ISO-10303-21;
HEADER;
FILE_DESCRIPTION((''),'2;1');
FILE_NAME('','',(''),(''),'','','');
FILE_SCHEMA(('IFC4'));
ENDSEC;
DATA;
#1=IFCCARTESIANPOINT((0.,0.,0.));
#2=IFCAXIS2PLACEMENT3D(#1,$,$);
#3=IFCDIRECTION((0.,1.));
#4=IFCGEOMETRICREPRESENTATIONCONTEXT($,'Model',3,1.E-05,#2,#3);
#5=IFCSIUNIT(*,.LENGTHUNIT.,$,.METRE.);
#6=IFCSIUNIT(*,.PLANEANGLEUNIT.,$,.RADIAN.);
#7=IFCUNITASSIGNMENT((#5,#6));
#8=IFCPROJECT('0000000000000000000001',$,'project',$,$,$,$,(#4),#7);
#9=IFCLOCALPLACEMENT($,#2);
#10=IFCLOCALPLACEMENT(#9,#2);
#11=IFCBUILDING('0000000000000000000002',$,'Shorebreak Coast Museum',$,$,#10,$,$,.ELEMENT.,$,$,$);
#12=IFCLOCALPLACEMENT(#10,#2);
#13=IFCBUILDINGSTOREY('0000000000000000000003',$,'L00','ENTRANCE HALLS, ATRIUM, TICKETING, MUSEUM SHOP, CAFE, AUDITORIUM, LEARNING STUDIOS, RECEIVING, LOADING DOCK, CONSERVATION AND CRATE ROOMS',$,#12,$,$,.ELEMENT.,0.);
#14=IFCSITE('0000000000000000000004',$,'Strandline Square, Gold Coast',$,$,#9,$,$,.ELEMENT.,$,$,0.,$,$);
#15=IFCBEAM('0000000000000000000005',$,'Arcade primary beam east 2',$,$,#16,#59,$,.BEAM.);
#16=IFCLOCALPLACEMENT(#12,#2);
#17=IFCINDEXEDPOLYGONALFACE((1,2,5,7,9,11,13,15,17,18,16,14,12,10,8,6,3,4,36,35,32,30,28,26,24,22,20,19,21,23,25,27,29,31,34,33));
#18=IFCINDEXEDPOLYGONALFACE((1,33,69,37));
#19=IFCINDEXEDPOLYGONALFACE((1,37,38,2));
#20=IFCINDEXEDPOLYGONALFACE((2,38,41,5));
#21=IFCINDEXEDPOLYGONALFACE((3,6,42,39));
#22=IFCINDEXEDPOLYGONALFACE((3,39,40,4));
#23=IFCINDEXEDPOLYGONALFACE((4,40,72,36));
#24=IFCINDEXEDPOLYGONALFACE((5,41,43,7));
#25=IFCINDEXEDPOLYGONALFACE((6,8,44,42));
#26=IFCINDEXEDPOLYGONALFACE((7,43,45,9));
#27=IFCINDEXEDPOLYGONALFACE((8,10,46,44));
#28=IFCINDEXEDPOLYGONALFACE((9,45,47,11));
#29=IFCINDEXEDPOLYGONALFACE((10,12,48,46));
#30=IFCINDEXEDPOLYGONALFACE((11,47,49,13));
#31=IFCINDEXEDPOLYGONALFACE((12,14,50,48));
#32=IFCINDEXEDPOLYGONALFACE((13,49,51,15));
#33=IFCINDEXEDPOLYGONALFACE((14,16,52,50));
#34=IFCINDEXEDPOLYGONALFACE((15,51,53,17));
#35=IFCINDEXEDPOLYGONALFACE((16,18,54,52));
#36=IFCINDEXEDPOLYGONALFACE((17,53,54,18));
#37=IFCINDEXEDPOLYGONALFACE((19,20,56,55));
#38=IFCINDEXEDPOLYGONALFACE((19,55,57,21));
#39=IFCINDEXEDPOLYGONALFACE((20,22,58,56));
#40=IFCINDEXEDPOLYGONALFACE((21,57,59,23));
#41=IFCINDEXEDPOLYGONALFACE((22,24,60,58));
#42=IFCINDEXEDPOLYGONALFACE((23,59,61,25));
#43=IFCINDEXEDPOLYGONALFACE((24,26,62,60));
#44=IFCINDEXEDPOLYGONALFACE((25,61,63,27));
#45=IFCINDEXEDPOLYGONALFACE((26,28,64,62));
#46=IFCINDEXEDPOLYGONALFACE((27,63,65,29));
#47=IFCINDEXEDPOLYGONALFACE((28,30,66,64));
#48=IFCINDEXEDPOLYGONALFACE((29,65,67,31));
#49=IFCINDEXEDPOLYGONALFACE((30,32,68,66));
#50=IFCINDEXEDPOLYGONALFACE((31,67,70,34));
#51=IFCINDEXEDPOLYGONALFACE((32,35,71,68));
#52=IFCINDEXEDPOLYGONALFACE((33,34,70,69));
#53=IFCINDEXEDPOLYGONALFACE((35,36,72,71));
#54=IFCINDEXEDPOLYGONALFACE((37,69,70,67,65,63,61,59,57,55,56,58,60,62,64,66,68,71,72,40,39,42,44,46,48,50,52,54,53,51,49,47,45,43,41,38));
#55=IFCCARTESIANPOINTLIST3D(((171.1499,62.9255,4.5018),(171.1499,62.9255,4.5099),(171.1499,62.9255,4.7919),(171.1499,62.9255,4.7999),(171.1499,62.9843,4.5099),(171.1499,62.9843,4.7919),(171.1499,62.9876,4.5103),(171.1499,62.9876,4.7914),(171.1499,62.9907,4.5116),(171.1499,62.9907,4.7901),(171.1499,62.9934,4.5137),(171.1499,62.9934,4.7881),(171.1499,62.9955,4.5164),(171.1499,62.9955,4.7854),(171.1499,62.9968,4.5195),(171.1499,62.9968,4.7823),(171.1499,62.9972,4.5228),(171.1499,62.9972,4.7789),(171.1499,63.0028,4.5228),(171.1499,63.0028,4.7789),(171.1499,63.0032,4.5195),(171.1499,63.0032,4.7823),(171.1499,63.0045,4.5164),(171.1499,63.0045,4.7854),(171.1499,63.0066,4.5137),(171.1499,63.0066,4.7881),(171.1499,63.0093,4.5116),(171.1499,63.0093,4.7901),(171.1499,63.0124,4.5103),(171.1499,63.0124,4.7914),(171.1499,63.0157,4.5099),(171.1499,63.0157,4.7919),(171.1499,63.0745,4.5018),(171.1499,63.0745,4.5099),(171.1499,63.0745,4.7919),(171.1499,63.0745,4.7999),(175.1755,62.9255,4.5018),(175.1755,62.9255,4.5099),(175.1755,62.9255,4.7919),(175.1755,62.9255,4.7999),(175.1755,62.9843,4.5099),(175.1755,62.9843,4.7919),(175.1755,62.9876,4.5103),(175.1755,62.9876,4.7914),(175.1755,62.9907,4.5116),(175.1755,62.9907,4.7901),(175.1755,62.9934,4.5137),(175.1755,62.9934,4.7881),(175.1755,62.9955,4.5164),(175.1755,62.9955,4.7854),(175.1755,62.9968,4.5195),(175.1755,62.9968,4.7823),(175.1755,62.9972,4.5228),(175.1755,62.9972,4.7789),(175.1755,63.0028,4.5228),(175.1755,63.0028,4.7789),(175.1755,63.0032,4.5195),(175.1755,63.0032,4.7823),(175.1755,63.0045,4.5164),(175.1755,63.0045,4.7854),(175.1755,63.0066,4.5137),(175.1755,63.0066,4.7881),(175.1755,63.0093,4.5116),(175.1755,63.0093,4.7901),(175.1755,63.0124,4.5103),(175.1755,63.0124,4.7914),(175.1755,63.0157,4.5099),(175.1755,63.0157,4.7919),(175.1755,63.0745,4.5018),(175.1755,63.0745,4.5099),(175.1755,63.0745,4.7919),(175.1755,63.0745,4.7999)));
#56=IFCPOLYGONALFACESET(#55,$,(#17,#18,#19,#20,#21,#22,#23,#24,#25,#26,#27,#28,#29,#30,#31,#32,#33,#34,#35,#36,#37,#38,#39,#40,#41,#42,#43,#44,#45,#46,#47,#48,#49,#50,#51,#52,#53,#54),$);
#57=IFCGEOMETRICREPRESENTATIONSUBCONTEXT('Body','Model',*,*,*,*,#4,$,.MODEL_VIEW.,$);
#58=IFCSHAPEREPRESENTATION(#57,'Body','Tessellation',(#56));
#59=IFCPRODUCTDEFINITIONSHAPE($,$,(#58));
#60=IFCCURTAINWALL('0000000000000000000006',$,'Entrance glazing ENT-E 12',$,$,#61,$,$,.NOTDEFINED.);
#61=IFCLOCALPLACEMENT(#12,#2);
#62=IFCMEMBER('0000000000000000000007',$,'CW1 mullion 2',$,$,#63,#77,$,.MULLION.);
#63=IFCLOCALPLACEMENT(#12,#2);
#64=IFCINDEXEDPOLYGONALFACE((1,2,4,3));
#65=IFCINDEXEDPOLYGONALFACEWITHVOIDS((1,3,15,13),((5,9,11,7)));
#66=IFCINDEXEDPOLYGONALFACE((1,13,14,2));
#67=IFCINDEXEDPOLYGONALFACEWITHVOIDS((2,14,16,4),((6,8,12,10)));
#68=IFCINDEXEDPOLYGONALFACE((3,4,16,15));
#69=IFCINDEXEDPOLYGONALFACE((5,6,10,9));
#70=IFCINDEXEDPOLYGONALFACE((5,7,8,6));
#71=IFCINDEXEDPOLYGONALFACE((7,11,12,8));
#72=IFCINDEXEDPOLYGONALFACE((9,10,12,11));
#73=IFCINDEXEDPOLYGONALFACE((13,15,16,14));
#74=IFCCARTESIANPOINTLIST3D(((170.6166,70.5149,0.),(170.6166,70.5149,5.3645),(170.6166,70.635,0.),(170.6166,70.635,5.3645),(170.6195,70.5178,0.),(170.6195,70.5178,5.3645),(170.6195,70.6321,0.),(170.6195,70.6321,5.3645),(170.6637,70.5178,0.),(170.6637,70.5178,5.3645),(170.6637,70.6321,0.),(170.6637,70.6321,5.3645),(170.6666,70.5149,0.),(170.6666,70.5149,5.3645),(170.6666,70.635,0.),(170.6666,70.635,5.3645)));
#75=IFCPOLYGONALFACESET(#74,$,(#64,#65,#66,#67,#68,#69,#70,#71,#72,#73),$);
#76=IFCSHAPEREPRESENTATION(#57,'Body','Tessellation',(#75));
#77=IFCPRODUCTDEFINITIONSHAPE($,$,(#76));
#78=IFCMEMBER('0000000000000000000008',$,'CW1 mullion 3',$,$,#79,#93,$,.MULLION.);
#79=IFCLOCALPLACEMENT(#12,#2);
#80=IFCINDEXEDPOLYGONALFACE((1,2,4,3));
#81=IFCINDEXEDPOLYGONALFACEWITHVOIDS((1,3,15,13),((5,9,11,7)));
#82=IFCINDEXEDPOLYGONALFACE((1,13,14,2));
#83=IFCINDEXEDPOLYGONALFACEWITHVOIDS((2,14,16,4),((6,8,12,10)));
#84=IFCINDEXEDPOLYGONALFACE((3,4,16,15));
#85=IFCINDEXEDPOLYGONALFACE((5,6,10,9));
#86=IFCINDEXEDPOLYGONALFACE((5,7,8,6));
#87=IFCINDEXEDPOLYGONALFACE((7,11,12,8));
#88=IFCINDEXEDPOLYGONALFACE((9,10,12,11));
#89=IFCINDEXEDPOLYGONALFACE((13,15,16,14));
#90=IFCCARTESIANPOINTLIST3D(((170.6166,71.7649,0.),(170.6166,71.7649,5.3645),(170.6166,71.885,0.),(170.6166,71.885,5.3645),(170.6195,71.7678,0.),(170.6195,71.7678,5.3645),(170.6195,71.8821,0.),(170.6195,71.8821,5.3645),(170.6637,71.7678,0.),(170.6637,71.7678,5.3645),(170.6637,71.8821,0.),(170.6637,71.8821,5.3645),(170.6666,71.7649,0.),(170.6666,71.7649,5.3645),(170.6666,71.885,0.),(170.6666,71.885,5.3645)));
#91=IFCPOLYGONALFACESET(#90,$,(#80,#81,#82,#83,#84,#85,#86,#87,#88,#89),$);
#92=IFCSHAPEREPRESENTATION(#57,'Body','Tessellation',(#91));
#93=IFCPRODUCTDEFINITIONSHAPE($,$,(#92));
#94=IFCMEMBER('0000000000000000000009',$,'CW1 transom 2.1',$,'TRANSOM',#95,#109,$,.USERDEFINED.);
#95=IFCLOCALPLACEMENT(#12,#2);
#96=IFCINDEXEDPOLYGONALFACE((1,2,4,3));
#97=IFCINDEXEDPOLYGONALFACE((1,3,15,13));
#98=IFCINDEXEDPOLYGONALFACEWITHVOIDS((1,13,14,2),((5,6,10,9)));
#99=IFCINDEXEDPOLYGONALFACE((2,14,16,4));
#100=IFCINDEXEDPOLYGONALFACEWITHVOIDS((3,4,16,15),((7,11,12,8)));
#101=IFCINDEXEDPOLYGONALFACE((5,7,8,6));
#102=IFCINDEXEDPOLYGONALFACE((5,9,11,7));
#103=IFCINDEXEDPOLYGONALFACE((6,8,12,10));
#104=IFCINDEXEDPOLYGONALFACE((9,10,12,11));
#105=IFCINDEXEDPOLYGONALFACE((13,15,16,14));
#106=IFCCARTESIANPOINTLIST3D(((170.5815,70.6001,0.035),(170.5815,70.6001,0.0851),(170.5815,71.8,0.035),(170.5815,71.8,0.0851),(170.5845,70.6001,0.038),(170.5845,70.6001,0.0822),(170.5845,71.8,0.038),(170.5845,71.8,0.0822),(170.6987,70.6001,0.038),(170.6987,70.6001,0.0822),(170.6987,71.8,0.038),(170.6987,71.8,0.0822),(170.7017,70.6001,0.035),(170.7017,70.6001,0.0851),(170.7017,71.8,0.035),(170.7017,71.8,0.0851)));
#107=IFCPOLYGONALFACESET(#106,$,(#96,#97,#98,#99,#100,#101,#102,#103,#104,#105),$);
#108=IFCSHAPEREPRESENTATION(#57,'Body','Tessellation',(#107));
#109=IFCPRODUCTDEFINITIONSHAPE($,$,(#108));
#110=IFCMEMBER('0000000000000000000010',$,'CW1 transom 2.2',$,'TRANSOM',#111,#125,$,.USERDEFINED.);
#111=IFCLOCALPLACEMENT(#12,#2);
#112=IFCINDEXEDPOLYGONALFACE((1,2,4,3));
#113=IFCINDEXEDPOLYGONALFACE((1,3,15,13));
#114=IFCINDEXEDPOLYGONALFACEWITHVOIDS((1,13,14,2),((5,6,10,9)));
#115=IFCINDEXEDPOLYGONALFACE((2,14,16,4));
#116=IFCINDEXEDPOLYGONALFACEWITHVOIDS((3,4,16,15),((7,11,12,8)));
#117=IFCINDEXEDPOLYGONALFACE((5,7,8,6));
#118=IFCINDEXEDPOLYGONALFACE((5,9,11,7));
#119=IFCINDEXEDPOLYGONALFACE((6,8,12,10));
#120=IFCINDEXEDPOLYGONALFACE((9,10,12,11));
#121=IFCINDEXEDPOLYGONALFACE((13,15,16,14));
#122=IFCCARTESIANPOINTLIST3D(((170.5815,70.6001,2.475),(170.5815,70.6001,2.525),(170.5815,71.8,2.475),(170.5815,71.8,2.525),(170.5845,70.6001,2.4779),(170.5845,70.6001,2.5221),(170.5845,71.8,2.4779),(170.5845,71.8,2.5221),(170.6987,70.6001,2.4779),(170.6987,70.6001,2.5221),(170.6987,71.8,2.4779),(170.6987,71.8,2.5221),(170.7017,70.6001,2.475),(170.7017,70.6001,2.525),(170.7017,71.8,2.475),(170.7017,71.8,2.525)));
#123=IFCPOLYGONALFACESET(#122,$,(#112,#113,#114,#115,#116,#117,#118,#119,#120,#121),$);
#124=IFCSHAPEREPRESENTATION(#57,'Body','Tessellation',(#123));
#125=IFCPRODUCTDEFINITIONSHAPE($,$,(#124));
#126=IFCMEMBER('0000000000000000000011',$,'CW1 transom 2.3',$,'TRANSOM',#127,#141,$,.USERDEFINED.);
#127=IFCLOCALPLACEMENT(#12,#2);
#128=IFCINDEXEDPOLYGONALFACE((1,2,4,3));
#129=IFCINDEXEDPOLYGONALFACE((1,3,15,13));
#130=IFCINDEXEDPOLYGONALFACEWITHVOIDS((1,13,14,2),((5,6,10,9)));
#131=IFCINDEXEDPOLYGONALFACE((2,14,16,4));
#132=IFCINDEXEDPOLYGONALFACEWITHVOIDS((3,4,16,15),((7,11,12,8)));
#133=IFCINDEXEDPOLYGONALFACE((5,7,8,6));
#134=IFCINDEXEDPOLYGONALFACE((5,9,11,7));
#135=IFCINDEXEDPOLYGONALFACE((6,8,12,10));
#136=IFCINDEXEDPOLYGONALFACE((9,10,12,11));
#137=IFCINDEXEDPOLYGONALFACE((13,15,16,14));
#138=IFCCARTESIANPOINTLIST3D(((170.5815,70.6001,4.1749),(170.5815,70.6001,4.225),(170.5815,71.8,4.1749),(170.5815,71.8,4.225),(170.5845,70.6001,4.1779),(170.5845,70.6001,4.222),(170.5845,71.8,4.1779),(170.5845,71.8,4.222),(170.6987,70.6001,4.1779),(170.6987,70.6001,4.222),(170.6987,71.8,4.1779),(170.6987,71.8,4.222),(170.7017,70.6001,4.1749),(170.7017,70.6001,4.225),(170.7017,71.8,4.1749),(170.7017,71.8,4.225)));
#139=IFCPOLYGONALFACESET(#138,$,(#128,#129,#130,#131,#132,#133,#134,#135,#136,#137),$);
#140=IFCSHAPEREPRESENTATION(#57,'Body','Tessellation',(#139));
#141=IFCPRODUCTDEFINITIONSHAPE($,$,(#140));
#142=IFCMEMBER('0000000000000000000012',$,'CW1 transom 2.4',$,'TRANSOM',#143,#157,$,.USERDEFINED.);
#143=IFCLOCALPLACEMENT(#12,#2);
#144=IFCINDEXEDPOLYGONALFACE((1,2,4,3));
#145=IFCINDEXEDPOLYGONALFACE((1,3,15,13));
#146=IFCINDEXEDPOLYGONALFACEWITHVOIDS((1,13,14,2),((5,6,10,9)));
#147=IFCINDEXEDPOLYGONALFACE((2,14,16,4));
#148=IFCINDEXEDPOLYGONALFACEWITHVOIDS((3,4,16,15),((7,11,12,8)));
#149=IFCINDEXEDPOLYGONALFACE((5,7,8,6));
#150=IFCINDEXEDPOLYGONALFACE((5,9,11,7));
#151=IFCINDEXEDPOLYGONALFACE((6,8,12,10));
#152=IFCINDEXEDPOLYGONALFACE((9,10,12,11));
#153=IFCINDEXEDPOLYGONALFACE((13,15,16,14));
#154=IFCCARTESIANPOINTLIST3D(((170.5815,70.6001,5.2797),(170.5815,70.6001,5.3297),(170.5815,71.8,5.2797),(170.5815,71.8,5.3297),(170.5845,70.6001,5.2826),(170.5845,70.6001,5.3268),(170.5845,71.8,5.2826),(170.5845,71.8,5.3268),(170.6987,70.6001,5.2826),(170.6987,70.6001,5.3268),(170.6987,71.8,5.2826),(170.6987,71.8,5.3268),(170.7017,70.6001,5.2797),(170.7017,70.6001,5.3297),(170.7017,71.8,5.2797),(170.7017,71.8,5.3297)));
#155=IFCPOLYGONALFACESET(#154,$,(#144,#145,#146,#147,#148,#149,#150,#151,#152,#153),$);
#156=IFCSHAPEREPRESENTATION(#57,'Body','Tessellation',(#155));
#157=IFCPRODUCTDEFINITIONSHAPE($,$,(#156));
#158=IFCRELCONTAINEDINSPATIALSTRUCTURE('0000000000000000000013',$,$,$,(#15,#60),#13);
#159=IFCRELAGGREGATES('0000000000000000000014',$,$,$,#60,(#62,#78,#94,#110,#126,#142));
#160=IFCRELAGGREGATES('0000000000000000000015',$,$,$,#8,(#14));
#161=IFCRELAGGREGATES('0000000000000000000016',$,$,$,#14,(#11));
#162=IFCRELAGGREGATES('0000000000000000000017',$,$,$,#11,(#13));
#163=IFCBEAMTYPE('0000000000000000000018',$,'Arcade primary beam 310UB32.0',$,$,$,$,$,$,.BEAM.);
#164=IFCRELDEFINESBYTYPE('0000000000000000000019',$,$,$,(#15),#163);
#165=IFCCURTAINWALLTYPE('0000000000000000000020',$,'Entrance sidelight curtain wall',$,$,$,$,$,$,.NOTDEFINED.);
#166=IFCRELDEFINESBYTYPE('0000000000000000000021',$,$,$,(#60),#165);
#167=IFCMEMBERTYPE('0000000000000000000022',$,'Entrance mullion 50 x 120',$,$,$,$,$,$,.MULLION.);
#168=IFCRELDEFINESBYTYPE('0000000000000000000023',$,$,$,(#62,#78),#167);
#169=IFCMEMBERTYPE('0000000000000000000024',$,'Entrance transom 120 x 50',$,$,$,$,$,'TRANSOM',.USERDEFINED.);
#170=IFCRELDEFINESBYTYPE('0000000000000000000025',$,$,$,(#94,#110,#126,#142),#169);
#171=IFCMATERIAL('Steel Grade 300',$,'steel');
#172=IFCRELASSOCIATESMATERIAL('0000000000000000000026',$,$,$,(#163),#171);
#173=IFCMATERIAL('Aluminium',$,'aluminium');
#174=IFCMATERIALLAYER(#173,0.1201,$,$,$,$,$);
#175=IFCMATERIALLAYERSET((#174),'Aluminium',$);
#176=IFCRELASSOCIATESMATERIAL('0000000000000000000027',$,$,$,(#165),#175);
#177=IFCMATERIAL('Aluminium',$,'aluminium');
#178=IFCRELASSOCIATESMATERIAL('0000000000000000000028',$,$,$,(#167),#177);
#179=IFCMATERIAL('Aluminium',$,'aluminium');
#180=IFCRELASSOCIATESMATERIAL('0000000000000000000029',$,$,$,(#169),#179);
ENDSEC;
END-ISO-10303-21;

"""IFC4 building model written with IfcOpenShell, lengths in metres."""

from ifc_helpers import new_model, si_unit, direction, frame, origin, origin_2d, place, context, subcontext, project, spatial, hollow_rectangle, i_section, extrude, material, layer, layer_set, material_profile, profile_set, type_object, element, aggregate, save


model = new_model("IFC4")

# Units and contexts
model_context = context("Model", 3, precision=1e-05, world=origin(), true_north=direction((0.0, 1.0)))
body_context = subcontext(model_context, "Body", "Model", "MODEL_VIEW")
ifc_project = project(units=[si_unit("LENGTHUNIT", "METRE"), si_unit("PLANEANGLEUNIT", "RADIAN")], contexts=[model_context])

# Site, building, storey
site_placement = place(None, origin())
site = spatial("IfcSite", under=ifc_project, at=site_placement, Name="Strandline Square, Gold Coast", CompositionType="ELEMENT", RefElevation=0.0)
building_placement = place(site_placement, origin())
building = spatial("IfcBuilding", under=site, at=building_placement, Name="Shorebreak Coast Museum", CompositionType="ELEMENT")
storey_placement = place(building_placement, origin())
storey = spatial("IfcBuildingStorey", under=building, at=storey_placement, Name="L00", Description="ENTRANCE HALLS, ATRIUM, TICKETING, MUSEUM SHOP, CAFE, AUDITORIUM, LEARNING STUDIOS, RECEIVING, LOADING DOCK, CONSERVATION AND CRATE ROOMS", CompositionType="ELEMENT", Elevation=0.0)

# Beam
ifc_material_1 = material(Name="Steel Grade 300", Category="steel")
ifc_material_profile_1 = material_profile(ifc_material_1, i_section(OverallWidth=0.1489, OverallDepth=0.2981, WebThickness=0.0056, FlangeThickness=0.0081, FilletRadius=0.0129, at=origin_2d()), Name="310UB32.0")
ifc_profile_set_1 = profile_set([ifc_material_profile_1], Name="Steel Grade 300")
beam_type_1 = type_object("IfcBeamType", Name="Arcade primary beam 310UB32.0", PredefinedType="BEAM", material=ifc_profile_set_1)
beam_1_placement = place(storey_placement, frame((171.1499, 63.0, 4.6509), z_axis=(1.0, 0.0, 0.0), x_axis=(0.0, 1.0, 0.0)))
element("IfcBeam", 1, at=beam_1_placement, inside=storey, type_object=beam_type_1, Name="Arcade primary beam east 2", PredefinedType="BEAM", context=body_context, shape_type="SweptSolid", body=[
    extrude(i_section(OverallWidth=0.1489, OverallDepth=0.2981, WebThickness=0.0056, FlangeThickness=0.0081, FilletRadius=0.0129, at=origin_2d()), origin(), (0.0, 0.0, 1.0), 4.0256),
])

# Curtain wall, members
ifc_material_2 = material(Name="Aluminium", Category="aluminium")
ifc_layer_1 = layer(ifc_material_2, 0.1201)
ifc_layer_set_1 = layer_set([ifc_layer_1], Name="Aluminium")
curtain_wall_type = type_object("IfcCurtainWallType", Name="Entrance sidelight curtain wall", PredefinedType="NOTDEFINED", material=ifc_layer_set_1)
curtain_wall_placement = place(storey_placement, origin())
curtain_wall = element("IfcCurtainWall", 2, at=curtain_wall_placement, inside=storey, type_object=curtain_wall_type, Name="Entrance glazing ENT-E 12", PredefinedType="NOTDEFINED")
ifc_material_3 = material(Name="Aluminium", Category="aluminium")
ifc_material_profile_2 = material_profile(ifc_material_3, hollow_rectangle(XDim=0.05, YDim=0.1201, WallThickness=0.0029, at=origin_2d()), Name="AL 120x50 RHS")
ifc_profile_set_2 = profile_set([ifc_material_profile_2], Name="Aluminium")
member_type_1 = type_object("IfcMemberType", Name="Entrance mullion 50 x 120", PredefinedType="MULLION", material=ifc_profile_set_2)
member_1_placement = place(storey_placement, frame((170.6416, 70.575, 0.0), z_axis=(0.0, 0.0, 1.0), x_axis=(-1.0, 0.0, 0.0)))
member_1 = element("IfcMember", 3, at=member_1_placement, type_object=member_type_1, Name="CW1 mullion 2", PredefinedType="MULLION", context=body_context, shape_type="SweptSolid", body=[
    extrude(hollow_rectangle(XDim=0.05, YDim=0.1201, WallThickness=0.0029, at=origin_2d()), origin(), (0.0, 0.0, 1.0), 5.3645),
])
member_2_placement = place(storey_placement, frame((170.6416, 71.825, 0.0), z_axis=(0.0, 0.0, 1.0), x_axis=(-1.0, 0.0, 0.0)))
member_2 = element("IfcMember", 4, at=member_2_placement, type_object=member_type_1, Name="CW1 mullion 3", PredefinedType="MULLION", context=body_context, shape_type="SweptSolid", body=[
    extrude(hollow_rectangle(XDim=0.05, YDim=0.1201, WallThickness=0.0029, at=origin_2d()), origin(), (0.0, 0.0, 1.0), 5.3645),
])
ifc_material_4 = material(Name="Aluminium", Category="aluminium")
ifc_material_profile_3 = material_profile(ifc_material_4, hollow_rectangle(XDim=0.1201, YDim=0.05, WallThickness=0.0029, at=origin_2d()), Name="AL 50x120 RHS")
ifc_profile_set_3 = profile_set([ifc_material_profile_3], Name="Aluminium")
member_type_2 = type_object("IfcMemberType", Name="Entrance transom 120 x 50", ElementType="TRANSOM", PredefinedType="USERDEFINED", material=ifc_profile_set_3)
member_3_placement = place(storey_placement, frame((170.6416, 70.6001, 0.0601), z_axis=(0.0, 1.0, 0.0), x_axis=(-1.0, 0.0, 0.0)))
member_3 = element("IfcMember", 5, at=member_3_placement, type_object=member_type_2, Name="CW1 transom 2.1", ObjectType="TRANSOM", PredefinedType="USERDEFINED", context=body_context, shape_type="SweptSolid", body=[
    extrude(hollow_rectangle(XDim=0.1201, YDim=0.05, WallThickness=0.0029, at=origin_2d()), origin(), (0.0, 0.0, 1.0), 1.2),
])
member_4_placement = place(storey_placement, frame((170.6416, 70.6001, 2.5), z_axis=(0.0, 1.0, 0.0), x_axis=(-1.0, 0.0, 0.0)))
member_4 = element("IfcMember", 6, at=member_4_placement, type_object=member_type_2, Name="CW1 transom 2.2", ObjectType="TRANSOM", PredefinedType="USERDEFINED", context=body_context, shape_type="SweptSolid", body=[
    extrude(hollow_rectangle(XDim=0.1201, YDim=0.05, WallThickness=0.0029, at=origin_2d()), origin(), (0.0, 0.0, 1.0), 1.2),
])
member_5_placement = place(storey_placement, frame((170.6416, 70.6001, 4.2), z_axis=(0.0, 1.0, 0.0), x_axis=(-1.0, 0.0, 0.0)))
member_5 = element("IfcMember", 7, at=member_5_placement, type_object=member_type_2, Name="CW1 transom 2.3", ObjectType="TRANSOM", PredefinedType="USERDEFINED", context=body_context, shape_type="SweptSolid", body=[
    extrude(hollow_rectangle(XDim=0.1201, YDim=0.05, WallThickness=0.0029, at=origin_2d()), origin(), (0.0, 0.0, 1.0), 1.2),
])
member_6_placement = place(storey_placement, frame((170.6416, 70.6001, 5.3047), z_axis=(0.0, 1.0, 0.0), x_axis=(-1.0, 0.0, 0.0)))
member_6 = element("IfcMember", 8, at=member_6_placement, type_object=member_type_2, Name="CW1 transom 2.4", ObjectType="TRANSOM", PredefinedType="USERDEFINED", context=body_context, shape_type="SweptSolid", body=[
    extrude(hollow_rectangle(XDim=0.1201, YDim=0.05, WallThickness=0.0029, at=origin_2d()), origin(), (0.0, 0.0, 1.0), 1.2),
])

aggregate(curtain_wall, [member_1, member_2, member_3, member_4, member_5, member_6])

save(model, "model.ifc")
